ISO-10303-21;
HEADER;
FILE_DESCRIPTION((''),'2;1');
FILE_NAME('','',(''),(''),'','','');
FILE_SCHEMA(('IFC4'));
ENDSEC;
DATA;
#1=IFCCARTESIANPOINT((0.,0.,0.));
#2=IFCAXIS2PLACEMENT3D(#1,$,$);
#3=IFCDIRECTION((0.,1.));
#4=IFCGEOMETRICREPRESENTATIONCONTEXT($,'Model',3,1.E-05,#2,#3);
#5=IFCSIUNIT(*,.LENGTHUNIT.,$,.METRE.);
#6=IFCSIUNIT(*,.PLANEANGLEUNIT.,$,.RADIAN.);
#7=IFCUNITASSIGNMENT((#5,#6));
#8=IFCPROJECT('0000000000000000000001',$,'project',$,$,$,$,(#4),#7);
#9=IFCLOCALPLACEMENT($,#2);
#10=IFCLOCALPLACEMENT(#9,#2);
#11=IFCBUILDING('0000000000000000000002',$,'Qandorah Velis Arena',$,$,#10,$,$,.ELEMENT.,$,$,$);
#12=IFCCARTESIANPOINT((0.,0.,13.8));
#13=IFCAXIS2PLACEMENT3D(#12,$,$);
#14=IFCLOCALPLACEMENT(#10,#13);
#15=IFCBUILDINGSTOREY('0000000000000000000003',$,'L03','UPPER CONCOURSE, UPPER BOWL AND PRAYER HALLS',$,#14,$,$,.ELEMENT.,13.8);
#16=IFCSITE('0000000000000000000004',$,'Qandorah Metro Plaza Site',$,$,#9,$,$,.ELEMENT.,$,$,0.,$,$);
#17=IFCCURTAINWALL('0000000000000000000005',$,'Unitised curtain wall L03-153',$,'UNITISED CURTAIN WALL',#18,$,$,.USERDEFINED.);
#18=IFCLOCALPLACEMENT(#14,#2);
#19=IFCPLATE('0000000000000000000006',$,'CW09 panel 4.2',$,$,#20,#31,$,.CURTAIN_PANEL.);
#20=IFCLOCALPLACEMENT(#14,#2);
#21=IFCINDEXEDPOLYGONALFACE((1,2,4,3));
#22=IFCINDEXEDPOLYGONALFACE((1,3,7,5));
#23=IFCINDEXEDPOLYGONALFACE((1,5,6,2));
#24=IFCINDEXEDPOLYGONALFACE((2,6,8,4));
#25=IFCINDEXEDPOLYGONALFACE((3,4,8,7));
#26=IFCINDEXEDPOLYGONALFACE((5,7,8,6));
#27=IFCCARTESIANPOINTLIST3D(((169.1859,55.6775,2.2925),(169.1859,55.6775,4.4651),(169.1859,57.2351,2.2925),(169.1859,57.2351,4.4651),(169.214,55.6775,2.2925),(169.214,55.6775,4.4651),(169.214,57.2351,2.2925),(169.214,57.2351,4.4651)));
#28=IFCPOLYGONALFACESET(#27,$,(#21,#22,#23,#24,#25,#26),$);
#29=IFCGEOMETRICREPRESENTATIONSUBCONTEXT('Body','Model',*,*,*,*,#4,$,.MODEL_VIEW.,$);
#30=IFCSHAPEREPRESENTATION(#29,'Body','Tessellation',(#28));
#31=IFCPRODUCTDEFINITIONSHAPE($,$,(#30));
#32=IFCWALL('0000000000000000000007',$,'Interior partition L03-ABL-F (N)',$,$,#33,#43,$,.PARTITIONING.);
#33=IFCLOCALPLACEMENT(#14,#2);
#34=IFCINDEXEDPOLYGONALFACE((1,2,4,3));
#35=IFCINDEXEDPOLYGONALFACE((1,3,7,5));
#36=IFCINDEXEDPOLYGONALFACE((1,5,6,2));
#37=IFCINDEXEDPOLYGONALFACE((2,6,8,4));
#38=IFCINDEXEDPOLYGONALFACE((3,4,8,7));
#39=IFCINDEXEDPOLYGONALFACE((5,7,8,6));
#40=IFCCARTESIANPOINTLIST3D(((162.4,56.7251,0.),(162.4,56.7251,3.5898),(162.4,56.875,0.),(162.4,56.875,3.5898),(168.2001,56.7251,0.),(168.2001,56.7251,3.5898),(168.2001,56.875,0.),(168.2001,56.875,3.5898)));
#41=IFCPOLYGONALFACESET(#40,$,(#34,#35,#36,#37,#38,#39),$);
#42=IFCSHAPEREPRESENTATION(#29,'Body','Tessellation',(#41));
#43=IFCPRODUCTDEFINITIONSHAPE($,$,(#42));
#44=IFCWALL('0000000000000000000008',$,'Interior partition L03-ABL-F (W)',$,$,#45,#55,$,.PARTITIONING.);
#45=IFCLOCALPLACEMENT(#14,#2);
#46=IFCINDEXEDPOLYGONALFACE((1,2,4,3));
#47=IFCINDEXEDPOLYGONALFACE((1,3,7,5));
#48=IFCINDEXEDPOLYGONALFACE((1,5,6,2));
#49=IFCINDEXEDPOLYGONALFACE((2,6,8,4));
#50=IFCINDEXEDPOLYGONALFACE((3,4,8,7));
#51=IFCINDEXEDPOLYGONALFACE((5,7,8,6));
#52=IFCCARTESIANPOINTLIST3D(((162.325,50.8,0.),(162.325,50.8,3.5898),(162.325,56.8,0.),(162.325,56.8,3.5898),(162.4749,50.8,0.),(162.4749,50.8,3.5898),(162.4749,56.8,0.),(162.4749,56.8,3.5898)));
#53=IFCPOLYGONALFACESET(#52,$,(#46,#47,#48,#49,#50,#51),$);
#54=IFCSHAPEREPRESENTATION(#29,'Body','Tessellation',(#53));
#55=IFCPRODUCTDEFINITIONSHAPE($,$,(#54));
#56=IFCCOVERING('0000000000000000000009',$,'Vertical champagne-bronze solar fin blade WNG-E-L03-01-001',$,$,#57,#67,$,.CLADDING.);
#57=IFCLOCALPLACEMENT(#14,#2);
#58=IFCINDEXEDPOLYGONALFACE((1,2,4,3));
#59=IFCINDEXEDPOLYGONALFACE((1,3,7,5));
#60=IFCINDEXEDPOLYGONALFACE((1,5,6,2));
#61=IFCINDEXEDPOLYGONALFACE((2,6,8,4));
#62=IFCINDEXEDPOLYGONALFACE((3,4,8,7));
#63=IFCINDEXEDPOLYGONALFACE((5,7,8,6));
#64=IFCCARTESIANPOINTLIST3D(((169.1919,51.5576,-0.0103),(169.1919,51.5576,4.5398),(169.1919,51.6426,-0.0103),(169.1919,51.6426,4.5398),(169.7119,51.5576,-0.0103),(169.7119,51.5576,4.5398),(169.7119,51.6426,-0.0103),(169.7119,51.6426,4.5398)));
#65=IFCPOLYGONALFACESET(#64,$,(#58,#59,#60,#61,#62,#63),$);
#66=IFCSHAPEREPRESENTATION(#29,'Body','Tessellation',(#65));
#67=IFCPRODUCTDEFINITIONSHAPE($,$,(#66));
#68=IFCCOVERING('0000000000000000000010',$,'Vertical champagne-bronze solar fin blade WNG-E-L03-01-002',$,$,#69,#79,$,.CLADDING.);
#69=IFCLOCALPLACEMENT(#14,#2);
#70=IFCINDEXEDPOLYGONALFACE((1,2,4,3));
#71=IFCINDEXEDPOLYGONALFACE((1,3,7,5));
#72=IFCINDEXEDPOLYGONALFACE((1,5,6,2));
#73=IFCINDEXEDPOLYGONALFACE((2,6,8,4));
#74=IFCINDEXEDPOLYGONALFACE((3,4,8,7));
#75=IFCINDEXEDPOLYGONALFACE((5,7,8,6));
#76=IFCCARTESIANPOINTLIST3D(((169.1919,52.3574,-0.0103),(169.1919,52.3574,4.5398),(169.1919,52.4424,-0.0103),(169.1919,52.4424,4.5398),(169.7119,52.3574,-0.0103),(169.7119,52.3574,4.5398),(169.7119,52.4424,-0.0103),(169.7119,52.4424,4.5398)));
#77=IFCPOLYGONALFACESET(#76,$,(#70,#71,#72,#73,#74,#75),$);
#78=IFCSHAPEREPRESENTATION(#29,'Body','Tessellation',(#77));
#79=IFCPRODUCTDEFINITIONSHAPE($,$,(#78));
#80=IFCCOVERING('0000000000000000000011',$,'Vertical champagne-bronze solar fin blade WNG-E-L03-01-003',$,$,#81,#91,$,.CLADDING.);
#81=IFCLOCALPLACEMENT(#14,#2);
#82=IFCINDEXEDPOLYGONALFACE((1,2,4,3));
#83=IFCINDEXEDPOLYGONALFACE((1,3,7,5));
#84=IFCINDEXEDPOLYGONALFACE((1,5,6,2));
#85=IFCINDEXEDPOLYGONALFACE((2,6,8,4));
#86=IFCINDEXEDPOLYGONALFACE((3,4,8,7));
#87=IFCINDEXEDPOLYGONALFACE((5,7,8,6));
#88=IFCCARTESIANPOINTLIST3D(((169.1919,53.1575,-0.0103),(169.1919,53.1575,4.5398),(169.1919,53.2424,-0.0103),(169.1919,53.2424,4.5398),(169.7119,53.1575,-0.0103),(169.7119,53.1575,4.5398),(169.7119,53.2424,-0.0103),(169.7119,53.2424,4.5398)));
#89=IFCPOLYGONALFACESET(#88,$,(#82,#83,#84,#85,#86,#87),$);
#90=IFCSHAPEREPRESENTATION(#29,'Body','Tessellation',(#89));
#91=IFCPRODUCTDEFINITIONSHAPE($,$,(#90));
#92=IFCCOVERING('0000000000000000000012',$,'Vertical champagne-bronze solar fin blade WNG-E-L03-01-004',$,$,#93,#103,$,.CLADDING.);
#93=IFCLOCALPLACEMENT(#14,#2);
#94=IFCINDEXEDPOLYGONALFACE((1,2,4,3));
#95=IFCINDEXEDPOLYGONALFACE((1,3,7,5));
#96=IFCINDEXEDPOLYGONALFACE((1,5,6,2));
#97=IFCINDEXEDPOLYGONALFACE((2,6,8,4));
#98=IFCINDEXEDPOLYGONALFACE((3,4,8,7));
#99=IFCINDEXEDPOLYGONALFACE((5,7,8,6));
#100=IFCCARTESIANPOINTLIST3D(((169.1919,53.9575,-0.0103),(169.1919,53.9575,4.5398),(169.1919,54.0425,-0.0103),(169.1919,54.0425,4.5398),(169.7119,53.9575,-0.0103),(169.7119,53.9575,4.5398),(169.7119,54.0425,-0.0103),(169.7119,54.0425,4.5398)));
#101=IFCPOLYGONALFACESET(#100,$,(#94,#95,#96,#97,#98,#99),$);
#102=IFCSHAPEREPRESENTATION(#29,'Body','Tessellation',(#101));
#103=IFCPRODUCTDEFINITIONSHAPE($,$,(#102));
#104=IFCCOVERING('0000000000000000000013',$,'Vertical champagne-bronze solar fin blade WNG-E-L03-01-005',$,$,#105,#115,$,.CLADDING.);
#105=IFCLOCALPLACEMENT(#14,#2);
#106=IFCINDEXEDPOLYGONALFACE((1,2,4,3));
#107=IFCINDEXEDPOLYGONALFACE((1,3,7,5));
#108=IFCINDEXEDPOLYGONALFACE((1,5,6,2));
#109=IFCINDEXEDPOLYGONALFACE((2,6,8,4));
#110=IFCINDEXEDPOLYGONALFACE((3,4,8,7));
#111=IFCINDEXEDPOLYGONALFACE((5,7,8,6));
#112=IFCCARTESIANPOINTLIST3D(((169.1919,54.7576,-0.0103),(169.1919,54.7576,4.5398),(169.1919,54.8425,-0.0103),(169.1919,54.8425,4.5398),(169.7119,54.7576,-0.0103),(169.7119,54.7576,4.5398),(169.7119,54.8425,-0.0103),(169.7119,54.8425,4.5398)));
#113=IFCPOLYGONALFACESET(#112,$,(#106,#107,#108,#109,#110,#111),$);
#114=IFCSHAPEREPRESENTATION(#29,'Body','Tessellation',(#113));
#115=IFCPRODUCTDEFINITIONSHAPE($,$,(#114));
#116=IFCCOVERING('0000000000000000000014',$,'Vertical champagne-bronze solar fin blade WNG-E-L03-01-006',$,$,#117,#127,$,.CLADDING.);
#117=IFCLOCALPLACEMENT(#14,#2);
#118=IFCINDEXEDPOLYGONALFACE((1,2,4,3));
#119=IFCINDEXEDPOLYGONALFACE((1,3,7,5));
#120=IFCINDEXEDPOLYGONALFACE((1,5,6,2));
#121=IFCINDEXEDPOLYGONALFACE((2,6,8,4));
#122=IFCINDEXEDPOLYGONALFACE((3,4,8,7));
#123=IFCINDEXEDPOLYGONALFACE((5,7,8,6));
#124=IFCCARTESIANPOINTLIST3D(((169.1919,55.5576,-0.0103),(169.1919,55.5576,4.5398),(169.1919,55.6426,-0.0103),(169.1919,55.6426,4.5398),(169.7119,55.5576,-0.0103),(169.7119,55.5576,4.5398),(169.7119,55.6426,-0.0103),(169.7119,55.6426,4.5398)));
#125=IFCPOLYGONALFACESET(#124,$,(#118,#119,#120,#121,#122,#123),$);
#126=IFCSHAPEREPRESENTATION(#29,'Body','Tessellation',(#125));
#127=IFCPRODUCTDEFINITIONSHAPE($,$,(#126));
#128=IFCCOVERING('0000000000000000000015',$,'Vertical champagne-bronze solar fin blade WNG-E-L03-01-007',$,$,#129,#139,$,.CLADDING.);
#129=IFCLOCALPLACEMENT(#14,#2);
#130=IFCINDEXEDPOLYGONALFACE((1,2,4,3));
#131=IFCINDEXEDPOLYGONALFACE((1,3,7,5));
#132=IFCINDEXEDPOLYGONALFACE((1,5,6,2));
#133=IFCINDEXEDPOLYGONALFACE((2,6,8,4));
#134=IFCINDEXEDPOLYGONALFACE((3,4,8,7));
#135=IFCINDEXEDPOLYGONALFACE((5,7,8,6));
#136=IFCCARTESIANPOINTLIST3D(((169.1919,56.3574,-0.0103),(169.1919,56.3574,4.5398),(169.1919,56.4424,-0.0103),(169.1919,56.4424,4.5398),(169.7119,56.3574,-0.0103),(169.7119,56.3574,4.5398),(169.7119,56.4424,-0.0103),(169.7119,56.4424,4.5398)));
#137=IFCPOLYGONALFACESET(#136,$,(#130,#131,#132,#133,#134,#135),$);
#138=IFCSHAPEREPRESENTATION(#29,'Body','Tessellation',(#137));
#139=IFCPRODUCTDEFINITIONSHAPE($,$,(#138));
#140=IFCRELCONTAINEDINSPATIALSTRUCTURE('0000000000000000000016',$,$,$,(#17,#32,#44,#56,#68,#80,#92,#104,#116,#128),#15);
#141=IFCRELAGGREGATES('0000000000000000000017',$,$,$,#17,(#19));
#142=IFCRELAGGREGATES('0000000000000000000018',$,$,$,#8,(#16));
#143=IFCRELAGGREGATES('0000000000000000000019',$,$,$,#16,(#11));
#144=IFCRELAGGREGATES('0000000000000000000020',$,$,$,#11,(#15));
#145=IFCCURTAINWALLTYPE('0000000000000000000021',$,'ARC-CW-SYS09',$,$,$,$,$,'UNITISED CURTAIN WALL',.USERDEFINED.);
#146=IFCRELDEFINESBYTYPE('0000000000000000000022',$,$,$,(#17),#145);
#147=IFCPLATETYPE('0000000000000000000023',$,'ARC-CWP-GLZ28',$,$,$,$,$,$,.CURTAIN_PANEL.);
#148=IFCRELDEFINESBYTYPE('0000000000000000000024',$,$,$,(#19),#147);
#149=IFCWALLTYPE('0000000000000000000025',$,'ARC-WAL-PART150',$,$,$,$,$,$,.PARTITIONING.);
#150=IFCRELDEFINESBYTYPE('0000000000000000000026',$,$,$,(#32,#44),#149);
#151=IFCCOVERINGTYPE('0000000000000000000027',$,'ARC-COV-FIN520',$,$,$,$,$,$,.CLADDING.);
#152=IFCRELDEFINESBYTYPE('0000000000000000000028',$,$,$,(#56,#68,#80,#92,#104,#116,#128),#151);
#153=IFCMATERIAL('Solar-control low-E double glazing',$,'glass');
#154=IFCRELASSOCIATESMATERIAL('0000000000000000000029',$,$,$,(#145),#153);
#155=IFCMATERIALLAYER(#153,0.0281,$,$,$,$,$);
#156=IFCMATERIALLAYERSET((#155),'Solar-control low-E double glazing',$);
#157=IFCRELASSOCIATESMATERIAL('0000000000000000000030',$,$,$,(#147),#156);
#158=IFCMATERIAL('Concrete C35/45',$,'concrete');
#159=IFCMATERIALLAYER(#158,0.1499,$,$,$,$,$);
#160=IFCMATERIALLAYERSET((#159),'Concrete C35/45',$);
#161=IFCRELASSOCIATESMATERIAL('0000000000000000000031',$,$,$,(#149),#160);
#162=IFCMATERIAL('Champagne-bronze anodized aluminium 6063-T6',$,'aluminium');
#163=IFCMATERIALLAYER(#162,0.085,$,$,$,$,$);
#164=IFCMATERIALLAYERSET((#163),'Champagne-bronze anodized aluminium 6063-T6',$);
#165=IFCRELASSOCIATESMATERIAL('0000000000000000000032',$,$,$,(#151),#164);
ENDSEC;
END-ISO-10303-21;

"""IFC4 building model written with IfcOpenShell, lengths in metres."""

from ifc_helpers import new_model, si_unit, direction, frame, frame_2d, origin, origin_2d, place, context, subcontext, project, spatial, rectangle, extrude, material, layer, layer_set, type_object, element, aggregate, save


model = new_model("IFC4")

# Units and contexts
model_context = context("Model", 3, precision=1e-05, world=origin(), true_north=direction((0.0, 1.0)))
body_context = subcontext(model_context, "Body", "Model", "MODEL_VIEW")
ifc_project = project(units=[si_unit("LENGTHUNIT", "METRE"), si_unit("PLANEANGLEUNIT", "RADIAN")], contexts=[model_context])

# Site, building, storey
site_placement = place(None, origin())
site = spatial("IfcSite", under=ifc_project, at=site_placement, Name="Qandorah Metro Plaza Site", CompositionType="ELEMENT", RefElevation=0.0)
building_placement = place(site_placement, origin())
building = spatial("IfcBuilding", under=site, at=building_placement, Name="Qandorah Velis Arena", CompositionType="ELEMENT")
storey_placement = place(building_placement, frame((0.0, 0.0, 13.8)))
storey = spatial("IfcBuildingStorey", under=building, at=storey_placement, Name="L03", Description="UPPER CONCOURSE, UPPER BOWL AND PRAYER HALLS", CompositionType="ELEMENT", Elevation=13.8)

# Curtain wall, plate
ifc_material_1 = material(Name="Solar-control low-E double glazing", Category="glass")
curtain_wall_type = type_object("IfcCurtainWallType", Name="ARC-CW-SYS09", ElementType="UNITISED CURTAIN WALL", PredefinedType="USERDEFINED", material=ifc_material_1)
curtain_wall_placement = place(storey_placement, origin())
curtain_wall = element("IfcCurtainWall", 1, at=curtain_wall_placement, inside=storey, type_object=curtain_wall_type, Name="Unitised curtain wall L03-153", ObjectType="UNITISED CURTAIN WALL", PredefinedType="USERDEFINED")
ifc_material_2 = material(Name="Champagne-bronze anodized aluminium 6063-T6", Category="aluminium")
ifc_layer_1 = layer(ifc_material_1, 0.0281)
ifc_layer_set_1 = layer_set([ifc_layer_1], Name="Solar-control low-E double glazing")
plate_type = type_object("IfcPlateType", Name="ARC-CWP-GLZ28", PredefinedType="CURTAIN_PANEL", material=ifc_layer_set_1)
plate_1_placement = place(storey_placement, frame((169.2, 56.4563, 2.2925), z_axis=(0.0, 0.0, 1.0), x_axis=(0.0, 1.0, 0.0)))
plate_1 = element("IfcPlate", 2, at=plate_1_placement, type_object=plate_type, Name="CW09 panel 4.2", PredefinedType="CURTAIN_PANEL", context=body_context, shape_type="SweptSolid", body=[
    extrude(rectangle(XDim=1.5576, YDim=0.0281, at=origin_2d()), origin(), (0.0, 0.0, 1.0), 2.1726),
])
aggregate(curtain_wall, [plate_1])

# Walls
ifc_material_3 = material(Name="Concrete C35/45", Category="concrete")
ifc_layer_2 = layer(ifc_material_3, 0.1499)
ifc_layer_set_2 = layer_set([ifc_layer_2], Name="Concrete C35/45")
wall_type = type_object("IfcWallType", Name="ARC-WAL-PART150", PredefinedType="PARTITIONING", material=ifc_layer_set_2)
wall_1_placement = place(storey_placement, frame((168.2, 56.8, 0.0), z_axis=(0.0, 0.0, 1.0), x_axis=(-1.0, 0.0, 0.0)))
element("IfcWall", 3, at=wall_1_placement, inside=storey, type_object=wall_type, Name="Interior partition L03-ABL-F (N)", PredefinedType="PARTITIONING", context=body_context, shape_type="SweptSolid", body=[
    extrude(rectangle(XDim=5.8, YDim=0.1499, at=frame_2d((2.8999, 0.0))), origin(), (0.0, 0.0, 1.0), 3.5898),
])
wall_2_placement = place(storey_placement, frame((162.3999, 56.8, 0.0), z_axis=(0.0, 0.0, 1.0), x_axis=(0.0, -1.0, 0.0)))
element("IfcWall", 4, at=wall_2_placement, inside=storey, type_object=wall_type, Name="Interior partition L03-ABL-F (W)", PredefinedType="PARTITIONING", context=body_context, shape_type="SweptSolid", body=[
    extrude(rectangle(XDim=6.0, YDim=0.1499, at=frame_2d((3.0, 0.0))), origin(), (0.0, 0.0, 1.0), 3.5898),
])

# Coverings
ifc_layer_3 = layer(ifc_material_2, 0.085)
ifc_layer_set_3 = layer_set([ifc_layer_3], Name="Champagne-bronze anodized aluminium 6063-T6")
covering_type = type_object("IfcCoveringType", Name="ARC-COV-FIN520", PredefinedType="CLADDING", material=ifc_layer_set_3)
for number, where, z_axis, x_axis, name in (
    (5, (169.4519, 51.6001, -0.0103), (0.0, 0.0, 1.0), (1.0, 0.0, 0.0), "Vertical champagne-bronze solar fin blade WNG-E-L03-01-001"),
    (6, (169.4519, 52.3999, -0.0103), (0.0, 0.0, 1.0), (1.0, 0.0, 0.0), "Vertical champagne-bronze solar fin blade WNG-E-L03-01-002"),
    (7, (169.4519, 53.2, -0.0103), (0.0, 0.0, 1.0), (1.0, 0.0, 0.0), "Vertical champagne-bronze solar fin blade WNG-E-L03-01-003"),
    (8, (169.4519, 54.0, -0.0103), (0.0, 0.0, 1.0), (1.0, 0.0, 0.0), "Vertical champagne-bronze solar fin blade WNG-E-L03-01-004"),
    (9, (169.4519, 54.8, -0.0103), (0.0, 0.0, 1.0), (1.0, 0.0, 0.0), "Vertical champagne-bronze solar fin blade WNG-E-L03-01-005"),
    (10, (169.4519, 55.6001, -0.0103), (0.0, 0.0, 1.0), (1.0, 0.0, 0.0), "Vertical champagne-bronze solar fin blade WNG-E-L03-01-006"),
    (11, (169.4519, 56.3999, -0.0103), (0.0, 0.0, 1.0), (1.0, 0.0, 0.0), "Vertical champagne-bronze solar fin blade WNG-E-L03-01-007"),
):
    element("IfcCovering", number, at=place(storey_placement, frame(where, z_axis=z_axis, x_axis=x_axis)), inside=storey, type_object=covering_type, Name=name, PredefinedType="CLADDING", context=body_context, shape_type="SweptSolid", body=[
        extrude(rectangle(XDim=0.52, YDim=0.085, at=origin_2d()), origin(), (0.0, 0.0, 1.0), 4.55),
    ])

save(model, "model.ifc")
